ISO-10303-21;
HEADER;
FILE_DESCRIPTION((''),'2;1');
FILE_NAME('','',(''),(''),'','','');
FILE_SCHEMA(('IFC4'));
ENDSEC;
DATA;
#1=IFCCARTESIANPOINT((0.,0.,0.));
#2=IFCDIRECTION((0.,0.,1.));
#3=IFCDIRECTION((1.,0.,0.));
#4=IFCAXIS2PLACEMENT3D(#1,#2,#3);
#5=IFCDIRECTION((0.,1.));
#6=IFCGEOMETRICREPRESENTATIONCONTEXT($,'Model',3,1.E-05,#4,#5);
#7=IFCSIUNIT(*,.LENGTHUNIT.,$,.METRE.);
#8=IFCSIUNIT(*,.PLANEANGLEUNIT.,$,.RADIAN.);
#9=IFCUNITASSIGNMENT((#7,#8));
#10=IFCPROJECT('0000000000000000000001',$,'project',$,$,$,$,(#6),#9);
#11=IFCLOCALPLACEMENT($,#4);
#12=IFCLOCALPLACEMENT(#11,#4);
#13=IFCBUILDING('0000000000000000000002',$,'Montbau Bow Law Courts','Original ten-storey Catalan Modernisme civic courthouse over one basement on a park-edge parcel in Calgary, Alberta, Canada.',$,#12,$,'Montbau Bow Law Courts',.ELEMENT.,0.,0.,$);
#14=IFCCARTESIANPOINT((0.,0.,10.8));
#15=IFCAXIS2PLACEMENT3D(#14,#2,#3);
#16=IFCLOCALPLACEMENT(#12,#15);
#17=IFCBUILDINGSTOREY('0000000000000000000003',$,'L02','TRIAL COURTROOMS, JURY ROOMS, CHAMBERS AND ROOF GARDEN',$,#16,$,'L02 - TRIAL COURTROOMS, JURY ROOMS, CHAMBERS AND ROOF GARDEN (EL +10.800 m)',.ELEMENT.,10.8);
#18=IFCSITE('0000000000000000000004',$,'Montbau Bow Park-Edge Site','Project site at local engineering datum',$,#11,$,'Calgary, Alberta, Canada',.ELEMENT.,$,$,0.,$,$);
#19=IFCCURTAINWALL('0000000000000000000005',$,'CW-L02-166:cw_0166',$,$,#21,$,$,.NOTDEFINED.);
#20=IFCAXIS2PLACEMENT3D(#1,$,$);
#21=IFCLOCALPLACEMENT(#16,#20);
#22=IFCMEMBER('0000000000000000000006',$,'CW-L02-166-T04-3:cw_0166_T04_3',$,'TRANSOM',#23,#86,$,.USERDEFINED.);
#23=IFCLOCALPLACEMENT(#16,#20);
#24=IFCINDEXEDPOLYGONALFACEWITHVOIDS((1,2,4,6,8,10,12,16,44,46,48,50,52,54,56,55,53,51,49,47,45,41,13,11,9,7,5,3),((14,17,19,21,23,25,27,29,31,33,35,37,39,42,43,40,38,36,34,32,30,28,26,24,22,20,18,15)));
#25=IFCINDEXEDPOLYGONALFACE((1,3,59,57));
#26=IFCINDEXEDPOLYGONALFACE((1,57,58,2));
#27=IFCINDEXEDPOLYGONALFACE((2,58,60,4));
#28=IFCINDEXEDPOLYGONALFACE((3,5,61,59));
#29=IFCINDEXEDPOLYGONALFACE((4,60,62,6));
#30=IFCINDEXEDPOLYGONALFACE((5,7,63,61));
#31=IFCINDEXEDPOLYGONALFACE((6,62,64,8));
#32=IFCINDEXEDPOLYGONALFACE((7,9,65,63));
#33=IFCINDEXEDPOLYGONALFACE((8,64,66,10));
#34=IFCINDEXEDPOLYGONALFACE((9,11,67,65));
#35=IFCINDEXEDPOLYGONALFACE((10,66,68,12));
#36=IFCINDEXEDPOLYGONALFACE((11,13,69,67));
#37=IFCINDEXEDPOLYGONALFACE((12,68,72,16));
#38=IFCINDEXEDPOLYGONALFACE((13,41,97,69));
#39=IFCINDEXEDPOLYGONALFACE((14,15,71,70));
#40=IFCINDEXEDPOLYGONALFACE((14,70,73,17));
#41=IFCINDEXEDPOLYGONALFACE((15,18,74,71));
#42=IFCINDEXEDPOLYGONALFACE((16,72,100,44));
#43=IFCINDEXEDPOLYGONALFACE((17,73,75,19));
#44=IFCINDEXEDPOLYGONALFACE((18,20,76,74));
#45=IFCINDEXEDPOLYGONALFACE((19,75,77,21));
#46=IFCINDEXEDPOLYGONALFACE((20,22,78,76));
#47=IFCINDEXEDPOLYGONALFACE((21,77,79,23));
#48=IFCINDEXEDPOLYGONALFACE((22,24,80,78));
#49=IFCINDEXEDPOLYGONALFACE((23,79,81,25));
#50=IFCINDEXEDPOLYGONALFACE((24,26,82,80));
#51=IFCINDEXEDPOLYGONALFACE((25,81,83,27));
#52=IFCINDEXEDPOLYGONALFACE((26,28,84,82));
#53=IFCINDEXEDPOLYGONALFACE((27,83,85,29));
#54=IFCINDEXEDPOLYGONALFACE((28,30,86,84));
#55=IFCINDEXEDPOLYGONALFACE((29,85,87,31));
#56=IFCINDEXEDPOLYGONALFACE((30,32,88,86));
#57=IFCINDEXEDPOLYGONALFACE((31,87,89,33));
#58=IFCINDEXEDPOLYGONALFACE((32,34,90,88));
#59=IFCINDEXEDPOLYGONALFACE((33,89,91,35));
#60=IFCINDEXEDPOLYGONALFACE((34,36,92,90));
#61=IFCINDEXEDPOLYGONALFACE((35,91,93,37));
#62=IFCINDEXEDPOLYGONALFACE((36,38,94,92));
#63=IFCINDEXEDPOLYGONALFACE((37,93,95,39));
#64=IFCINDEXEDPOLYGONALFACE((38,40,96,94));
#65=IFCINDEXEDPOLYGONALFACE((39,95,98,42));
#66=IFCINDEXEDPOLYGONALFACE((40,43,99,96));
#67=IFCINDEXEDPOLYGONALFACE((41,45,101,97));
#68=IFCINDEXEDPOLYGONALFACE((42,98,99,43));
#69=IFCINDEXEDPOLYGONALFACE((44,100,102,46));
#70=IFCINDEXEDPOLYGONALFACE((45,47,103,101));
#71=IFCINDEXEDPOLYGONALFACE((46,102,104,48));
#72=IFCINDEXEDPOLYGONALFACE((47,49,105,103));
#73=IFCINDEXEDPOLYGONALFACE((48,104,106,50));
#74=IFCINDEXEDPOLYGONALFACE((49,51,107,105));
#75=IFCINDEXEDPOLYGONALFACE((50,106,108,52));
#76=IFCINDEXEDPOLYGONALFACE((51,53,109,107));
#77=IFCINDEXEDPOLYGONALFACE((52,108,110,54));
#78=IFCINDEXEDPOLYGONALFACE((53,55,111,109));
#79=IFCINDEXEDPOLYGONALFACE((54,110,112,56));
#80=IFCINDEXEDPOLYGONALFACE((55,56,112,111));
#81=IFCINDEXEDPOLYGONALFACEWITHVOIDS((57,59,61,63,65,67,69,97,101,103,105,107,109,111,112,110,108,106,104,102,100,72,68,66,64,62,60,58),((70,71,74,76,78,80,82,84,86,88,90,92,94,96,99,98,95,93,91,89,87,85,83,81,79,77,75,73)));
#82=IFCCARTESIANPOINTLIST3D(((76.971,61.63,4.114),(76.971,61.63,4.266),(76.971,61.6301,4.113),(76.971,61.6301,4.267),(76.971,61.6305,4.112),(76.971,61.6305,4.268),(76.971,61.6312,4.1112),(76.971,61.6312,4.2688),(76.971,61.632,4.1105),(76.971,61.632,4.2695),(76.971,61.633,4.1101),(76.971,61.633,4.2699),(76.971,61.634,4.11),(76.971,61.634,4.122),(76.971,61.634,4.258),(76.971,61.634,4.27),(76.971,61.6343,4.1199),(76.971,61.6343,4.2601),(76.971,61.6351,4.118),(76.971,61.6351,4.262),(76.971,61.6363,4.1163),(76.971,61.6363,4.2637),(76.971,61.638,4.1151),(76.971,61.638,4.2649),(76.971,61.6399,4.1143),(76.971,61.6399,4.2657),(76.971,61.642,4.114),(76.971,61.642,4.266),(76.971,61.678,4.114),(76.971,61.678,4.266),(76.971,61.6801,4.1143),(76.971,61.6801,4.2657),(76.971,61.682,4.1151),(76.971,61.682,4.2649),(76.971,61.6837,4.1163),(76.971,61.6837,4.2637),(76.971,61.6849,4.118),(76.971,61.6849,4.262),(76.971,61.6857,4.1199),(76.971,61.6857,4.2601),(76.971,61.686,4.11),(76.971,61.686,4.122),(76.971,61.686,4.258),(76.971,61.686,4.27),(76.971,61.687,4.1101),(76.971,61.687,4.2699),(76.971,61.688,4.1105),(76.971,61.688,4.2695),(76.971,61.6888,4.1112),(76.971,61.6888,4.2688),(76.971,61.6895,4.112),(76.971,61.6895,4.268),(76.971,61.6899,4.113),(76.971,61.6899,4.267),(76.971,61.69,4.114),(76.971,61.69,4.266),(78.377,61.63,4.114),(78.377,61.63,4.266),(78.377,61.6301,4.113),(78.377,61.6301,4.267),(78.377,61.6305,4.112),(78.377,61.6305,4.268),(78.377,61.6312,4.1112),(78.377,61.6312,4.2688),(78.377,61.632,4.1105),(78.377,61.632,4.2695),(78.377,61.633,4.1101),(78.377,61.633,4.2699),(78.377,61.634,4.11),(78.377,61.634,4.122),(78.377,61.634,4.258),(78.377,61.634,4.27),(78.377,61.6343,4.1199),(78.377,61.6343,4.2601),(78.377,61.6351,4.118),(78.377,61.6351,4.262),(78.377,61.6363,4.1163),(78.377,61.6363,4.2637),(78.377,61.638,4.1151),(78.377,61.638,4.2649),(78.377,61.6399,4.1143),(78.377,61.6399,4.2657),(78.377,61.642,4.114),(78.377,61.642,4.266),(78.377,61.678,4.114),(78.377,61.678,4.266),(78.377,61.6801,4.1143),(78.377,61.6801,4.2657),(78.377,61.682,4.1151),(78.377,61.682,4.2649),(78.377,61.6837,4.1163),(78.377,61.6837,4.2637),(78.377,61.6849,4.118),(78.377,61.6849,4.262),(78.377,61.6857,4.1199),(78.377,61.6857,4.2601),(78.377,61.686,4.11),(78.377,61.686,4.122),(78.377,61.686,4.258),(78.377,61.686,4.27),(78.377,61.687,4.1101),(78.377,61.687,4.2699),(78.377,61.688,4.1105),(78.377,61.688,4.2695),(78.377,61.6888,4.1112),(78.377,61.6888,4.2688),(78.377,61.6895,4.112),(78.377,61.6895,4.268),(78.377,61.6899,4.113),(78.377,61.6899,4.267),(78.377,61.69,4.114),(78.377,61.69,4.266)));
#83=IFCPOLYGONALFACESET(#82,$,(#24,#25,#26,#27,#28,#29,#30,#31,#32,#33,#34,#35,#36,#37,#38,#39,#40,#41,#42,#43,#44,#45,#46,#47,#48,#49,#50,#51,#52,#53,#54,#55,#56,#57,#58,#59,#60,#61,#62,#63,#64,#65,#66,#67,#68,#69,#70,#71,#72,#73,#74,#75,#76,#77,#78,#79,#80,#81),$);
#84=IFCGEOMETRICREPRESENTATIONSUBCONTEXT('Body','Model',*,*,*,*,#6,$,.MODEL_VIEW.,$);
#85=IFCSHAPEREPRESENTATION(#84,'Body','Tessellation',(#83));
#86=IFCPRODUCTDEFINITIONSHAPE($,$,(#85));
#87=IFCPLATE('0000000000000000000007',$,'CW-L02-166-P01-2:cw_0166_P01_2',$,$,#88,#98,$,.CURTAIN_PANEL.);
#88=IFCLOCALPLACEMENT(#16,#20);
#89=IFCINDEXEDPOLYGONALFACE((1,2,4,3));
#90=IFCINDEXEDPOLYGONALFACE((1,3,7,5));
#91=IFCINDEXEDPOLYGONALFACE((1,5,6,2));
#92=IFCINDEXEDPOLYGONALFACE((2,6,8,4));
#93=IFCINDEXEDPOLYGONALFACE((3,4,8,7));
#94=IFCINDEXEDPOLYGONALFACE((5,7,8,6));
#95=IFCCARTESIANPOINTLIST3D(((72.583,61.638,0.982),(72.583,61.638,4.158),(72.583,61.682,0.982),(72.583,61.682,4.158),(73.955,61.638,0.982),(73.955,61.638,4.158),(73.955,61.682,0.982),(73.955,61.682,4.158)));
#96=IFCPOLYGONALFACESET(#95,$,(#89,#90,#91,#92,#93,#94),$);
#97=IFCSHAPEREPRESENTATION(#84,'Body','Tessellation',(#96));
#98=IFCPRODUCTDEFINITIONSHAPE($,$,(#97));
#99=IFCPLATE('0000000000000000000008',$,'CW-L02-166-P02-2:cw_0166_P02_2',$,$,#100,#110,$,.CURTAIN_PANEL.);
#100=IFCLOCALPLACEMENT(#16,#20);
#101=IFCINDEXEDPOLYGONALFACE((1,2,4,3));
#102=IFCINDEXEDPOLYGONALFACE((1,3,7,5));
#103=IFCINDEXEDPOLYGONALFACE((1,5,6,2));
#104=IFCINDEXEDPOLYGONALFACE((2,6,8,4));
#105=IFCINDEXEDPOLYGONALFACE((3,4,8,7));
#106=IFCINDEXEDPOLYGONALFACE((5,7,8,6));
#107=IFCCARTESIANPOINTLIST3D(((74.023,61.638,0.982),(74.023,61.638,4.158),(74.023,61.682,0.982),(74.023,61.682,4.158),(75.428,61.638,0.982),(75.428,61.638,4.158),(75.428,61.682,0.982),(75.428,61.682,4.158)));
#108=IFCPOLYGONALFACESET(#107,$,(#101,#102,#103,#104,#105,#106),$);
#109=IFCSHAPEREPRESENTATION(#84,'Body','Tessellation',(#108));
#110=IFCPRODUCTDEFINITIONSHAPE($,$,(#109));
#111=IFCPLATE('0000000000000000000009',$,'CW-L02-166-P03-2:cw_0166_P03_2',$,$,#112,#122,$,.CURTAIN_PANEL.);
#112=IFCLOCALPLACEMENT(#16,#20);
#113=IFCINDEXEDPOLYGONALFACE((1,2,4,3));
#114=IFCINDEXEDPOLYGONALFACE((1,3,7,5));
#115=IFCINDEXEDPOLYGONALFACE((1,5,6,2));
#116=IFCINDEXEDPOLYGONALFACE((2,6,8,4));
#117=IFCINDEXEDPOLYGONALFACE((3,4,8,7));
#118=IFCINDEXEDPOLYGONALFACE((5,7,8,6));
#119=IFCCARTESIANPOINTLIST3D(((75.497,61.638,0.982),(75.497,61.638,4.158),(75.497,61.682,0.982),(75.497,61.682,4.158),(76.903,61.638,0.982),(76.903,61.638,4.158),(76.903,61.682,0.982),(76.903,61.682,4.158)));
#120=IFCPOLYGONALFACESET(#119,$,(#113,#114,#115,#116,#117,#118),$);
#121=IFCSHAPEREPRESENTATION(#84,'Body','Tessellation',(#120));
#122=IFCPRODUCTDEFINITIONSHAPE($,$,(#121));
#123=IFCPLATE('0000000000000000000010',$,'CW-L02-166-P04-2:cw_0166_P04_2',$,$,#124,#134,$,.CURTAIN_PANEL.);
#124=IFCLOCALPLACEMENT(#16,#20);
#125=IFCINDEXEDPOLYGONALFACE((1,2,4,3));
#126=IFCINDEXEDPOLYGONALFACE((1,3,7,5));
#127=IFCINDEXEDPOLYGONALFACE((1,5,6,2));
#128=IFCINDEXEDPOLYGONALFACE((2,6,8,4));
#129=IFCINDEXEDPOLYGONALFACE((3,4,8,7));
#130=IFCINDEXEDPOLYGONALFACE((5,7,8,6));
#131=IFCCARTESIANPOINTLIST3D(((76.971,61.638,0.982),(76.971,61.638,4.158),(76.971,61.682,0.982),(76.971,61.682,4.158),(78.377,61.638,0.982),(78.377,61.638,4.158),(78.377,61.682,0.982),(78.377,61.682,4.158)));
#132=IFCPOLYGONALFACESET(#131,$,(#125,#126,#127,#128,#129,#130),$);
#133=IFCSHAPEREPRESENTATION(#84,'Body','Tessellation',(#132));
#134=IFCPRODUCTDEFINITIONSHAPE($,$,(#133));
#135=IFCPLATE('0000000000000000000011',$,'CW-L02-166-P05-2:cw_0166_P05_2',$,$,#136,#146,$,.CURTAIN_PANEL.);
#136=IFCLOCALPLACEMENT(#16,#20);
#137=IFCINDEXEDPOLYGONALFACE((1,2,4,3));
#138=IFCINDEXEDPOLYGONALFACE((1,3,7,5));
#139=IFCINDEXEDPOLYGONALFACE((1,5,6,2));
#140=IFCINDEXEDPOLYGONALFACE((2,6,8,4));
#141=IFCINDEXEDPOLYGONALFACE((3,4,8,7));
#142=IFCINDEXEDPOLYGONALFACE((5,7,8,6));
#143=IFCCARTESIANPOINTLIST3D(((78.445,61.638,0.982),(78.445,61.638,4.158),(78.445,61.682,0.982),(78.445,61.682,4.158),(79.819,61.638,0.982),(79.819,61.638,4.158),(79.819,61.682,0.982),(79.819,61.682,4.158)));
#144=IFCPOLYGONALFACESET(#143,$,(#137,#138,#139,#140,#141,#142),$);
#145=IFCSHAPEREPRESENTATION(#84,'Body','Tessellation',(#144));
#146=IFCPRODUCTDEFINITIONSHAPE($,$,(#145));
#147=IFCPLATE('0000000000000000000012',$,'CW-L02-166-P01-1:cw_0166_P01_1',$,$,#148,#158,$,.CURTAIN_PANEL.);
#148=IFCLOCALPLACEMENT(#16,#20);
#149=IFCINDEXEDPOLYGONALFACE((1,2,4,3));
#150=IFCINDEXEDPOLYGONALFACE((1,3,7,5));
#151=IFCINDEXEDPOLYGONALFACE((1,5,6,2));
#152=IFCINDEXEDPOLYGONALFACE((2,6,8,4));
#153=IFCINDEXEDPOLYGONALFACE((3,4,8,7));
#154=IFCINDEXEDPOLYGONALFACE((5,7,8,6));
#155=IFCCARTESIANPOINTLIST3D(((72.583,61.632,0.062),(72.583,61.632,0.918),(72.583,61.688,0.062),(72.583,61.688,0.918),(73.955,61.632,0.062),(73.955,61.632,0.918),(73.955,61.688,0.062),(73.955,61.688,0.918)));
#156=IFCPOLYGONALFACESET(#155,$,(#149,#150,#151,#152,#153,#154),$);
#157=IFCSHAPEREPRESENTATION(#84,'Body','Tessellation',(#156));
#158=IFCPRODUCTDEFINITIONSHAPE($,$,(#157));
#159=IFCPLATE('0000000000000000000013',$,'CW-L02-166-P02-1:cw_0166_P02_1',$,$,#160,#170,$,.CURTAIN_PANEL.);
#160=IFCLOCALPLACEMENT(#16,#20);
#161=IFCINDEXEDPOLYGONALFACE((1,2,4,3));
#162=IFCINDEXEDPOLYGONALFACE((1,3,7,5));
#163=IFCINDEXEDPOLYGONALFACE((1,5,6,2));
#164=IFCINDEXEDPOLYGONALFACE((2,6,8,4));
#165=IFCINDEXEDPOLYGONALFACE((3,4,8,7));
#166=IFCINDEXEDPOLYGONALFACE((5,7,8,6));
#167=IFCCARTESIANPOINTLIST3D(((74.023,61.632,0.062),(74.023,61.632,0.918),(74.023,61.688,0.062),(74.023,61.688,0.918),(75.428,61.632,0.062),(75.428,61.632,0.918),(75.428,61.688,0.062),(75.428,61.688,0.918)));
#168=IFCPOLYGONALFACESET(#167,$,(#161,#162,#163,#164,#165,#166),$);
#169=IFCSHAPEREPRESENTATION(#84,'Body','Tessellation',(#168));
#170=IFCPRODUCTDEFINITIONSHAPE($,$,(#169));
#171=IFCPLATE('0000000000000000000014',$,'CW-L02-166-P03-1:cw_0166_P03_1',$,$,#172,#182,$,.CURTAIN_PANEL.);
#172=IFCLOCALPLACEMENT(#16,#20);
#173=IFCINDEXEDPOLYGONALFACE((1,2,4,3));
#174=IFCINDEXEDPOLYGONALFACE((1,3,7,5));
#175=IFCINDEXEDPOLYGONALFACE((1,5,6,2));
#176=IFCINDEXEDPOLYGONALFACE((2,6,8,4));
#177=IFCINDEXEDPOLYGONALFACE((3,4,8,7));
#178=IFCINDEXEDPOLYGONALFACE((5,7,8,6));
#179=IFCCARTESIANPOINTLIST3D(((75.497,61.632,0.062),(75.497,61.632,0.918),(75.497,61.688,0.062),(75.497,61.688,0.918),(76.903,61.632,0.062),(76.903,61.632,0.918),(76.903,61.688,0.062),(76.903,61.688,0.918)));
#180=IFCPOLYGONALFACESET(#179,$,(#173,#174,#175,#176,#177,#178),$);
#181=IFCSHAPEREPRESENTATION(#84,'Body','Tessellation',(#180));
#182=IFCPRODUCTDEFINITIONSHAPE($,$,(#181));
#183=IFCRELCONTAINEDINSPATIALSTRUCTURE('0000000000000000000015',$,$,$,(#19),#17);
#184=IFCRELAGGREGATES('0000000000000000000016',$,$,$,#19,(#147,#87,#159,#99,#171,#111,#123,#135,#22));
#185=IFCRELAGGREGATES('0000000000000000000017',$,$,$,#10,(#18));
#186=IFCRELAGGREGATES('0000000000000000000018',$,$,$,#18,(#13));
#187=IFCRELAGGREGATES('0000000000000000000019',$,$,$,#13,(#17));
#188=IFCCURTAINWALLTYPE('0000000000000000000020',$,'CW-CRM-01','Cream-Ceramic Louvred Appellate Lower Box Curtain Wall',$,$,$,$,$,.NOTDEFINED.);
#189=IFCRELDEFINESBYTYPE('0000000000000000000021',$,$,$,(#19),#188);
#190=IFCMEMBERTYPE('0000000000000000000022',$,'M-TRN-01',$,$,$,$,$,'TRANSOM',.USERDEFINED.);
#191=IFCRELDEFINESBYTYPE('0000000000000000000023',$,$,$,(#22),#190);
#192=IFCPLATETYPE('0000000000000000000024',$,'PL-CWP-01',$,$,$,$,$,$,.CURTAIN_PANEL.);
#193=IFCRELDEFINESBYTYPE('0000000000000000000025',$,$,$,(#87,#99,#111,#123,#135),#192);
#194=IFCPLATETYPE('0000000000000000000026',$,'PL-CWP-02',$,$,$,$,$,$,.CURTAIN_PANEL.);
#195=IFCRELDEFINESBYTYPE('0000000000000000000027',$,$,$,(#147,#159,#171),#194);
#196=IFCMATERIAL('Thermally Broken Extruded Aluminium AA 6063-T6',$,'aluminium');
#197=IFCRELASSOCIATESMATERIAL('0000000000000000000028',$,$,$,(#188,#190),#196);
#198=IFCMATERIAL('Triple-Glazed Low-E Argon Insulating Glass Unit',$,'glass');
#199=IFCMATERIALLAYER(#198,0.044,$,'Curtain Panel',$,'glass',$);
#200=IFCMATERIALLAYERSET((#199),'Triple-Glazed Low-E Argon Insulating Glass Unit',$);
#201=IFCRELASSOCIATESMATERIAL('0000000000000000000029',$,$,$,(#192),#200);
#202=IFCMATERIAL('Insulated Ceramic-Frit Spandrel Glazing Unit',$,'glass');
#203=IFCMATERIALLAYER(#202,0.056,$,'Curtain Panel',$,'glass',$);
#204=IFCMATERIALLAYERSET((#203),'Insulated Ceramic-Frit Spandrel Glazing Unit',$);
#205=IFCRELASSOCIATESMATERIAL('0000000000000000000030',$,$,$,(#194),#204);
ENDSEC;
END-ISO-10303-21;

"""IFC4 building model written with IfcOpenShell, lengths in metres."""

from ifc_helpers import new_model, si_unit, direction, frame, frame_2d, origin_with_axes, origin_2d_with_axis, place, context, subcontext, project, spatial, rectangle, hollow_rectangle, extrude, material, layer, layer_set, material_profile, profile_set, type_object, element, aggregate, save


model = new_model("IFC4")

# Units and contexts
model_context = context("Model", 3, precision=1e-05, world=origin_with_axes(), true_north=direction((0.0, 1.0)))
body_context = subcontext(model_context, "Body", "Model", "MODEL_VIEW")
ifc_project = project(units=[si_unit("LENGTHUNIT", "METRE"), si_unit("PLANEANGLEUNIT", "RADIAN")], contexts=[model_context])

# Site, building, storey
site_placement = place(None, origin_with_axes())
site = spatial("IfcSite", under=ifc_project, at=site_placement, Name="Montbau Bow Park-Edge Site", Description="Project site at local engineering datum", LongName="Calgary, Alberta, Canada", CompositionType="ELEMENT", RefElevation=0.0)
building_placement = place(site_placement, origin_with_axes())
building = spatial("IfcBuilding", under=site, at=building_placement, Name="Montbau Bow Law Courts", Description="Original ten-storey Catalan Modernisme civic courthouse over one basement on a park-edge parcel in Calgary, Alberta, Canada.", LongName="Montbau Bow Law Courts", CompositionType="ELEMENT", ElevationOfRefHeight=0.0, ElevationOfTerrain=0.0)
storey_placement = place(building_placement, frame((0.0, 0.0, 10.8), z_axis=(0.0, 0.0, 1.0), x_axis=(1.0, 0.0, 0.0)))
storey = spatial("IfcBuildingStorey", under=building, at=storey_placement, Name="L02", Description="TRIAL COURTROOMS, JURY ROOMS, CHAMBERS AND ROOF GARDEN", LongName="L02 - TRIAL COURTROOMS, JURY ROOMS, CHAMBERS AND ROOF GARDEN (EL +10.800 m)", CompositionType="ELEMENT", Elevation=10.8)

# Curtain wall, member, plates
ifc_material_1 = material(Name="Thermally Broken Extruded Aluminium AA 6063-T6", Category="aluminium")
curtain_wall_type = type_object("IfcCurtainWallType", Name="CW-CRM-01", Description="Cream-Ceramic Louvred Appellate Lower Box Curtain Wall", PredefinedType="NOTDEFINED", material=ifc_material_1)
curtain_wall_placement = place(None, frame((72.515, 61.66, 10.8), z_axis=(0.0, 0.0, 1.0), x_axis=(1.0, 0.0, 0.0)))
curtain_wall = element("IfcCurtainWall", 1, at=curtain_wall_placement, inside=storey, type_object=curtain_wall_type, Name="CW-L02-166:cw_0166", PredefinedType="NOTDEFINED")
ifc_material_profile_1 = material_profile(ifc_material_1, hollow_rectangle(XDim=0.06, YDim=0.16, WallThickness=0.004, InnerFilletRadius=0.008, OuterFilletRadius=0.004, at=origin_2d_with_axis()), Name="CWT-160X60", Category="Main", Priority=0)
ifc_profile_set_1 = profile_set([ifc_material_profile_1], Name="Thermally Broken Extruded Aluminium AA 6063-T6")
member_type_1 = type_object("IfcMemberType", Name="M-TRN-01", ElementType="TRANSOM", PredefinedType="USERDEFINED", material=ifc_profile_set_1)
member_1_placement = place(None, frame((76.971, 61.66, 14.99), z_axis=(1.0, 0.0, 0.0), x_axis=(0.0, 1.0, 0.0)))
member_1 = element("IfcMember", 2, at=member_1_placement, type_object=member_type_1, Name="CW-L02-166-T04-3:cw_0166_T04_3", ObjectType="TRANSOM", PredefinedType="USERDEFINED", context=body_context, shape_type="SweptSolid", body=[
    extrude(hollow_rectangle(XDim=0.06, YDim=0.16, WallThickness=0.004, InnerFilletRadius=0.008, OuterFilletRadius=0.004, at=origin_2d_with_axis()), origin_with_axes(), (0.0, 0.0, 1.0), 1.406),
])
ifc_material_2 = material(Name="Triple-Glazed Low-E Argon Insulating Glass Unit", Category="glass")
ifc_layer_1 = layer(ifc_material_2, 0.044, Name="Curtain Panel", Category="glass")
ifc_layer_set_1 = layer_set([ifc_layer_1], Name="Triple-Glazed Low-E Argon Insulating Glass Unit")
plate_type_1 = type_object("IfcPlateType", Name="PL-CWP-01", PredefinedType="CURTAIN_PANEL", material=ifc_layer_set_1)
plate_1_placement = place(None, frame((72.583, 61.66, 11.782), z_axis=(0.0, -1.0, 0.0), x_axis=(1.0, 0.0, 0.0)))
plate_1 = element("IfcPlate", 3, at=plate_1_placement, type_object=plate_type_1, Name="CW-L02-166-P01-2:cw_0166_P01_2", PredefinedType="CURTAIN_PANEL", context=body_context, shape_type="SweptSolid", body=[
    extrude(rectangle(XDim=1.372, YDim=3.176, at=frame_2d((0.686, 1.588), x_axis=(1.0, 0.0))), frame((0.0, 0.0, -0.022), z_axis=(0.0, 0.0, 1.0), x_axis=(1.0, 0.0, 0.0)), (0.0, 0.0, 1.0), 0.044),
])
plate_2_placement = place(None, frame((74.023, 61.66, 11.782), z_axis=(0.0, -1.0, 0.0), x_axis=(1.0, 0.0, 0.0)))
plate_2 = element("IfcPlate", 4, at=plate_2_placement, type_object=plate_type_1, Name="CW-L02-166-P02-2:cw_0166_P02_2", PredefinedType="CURTAIN_PANEL", context=body_context, shape_type="SweptSolid", body=[
    extrude(rectangle(XDim=1.405, YDim=3.176, at=frame_2d((0.7025, 1.588), x_axis=(1.0, 0.0))), frame((0.0, 0.0, -0.022), z_axis=(0.0, 0.0, 1.0), x_axis=(1.0, 0.0, 0.0)), (0.0, 0.0, 1.0), 0.044),
])
plate_3_placement = place(None, frame((75.497, 61.66, 11.782), z_axis=(0.0, -1.0, 0.0), x_axis=(1.0, 0.0, 0.0)))
plate_3 = element("IfcPlate", 5, at=plate_3_placement, type_object=plate_type_1, Name="CW-L02-166-P03-2:cw_0166_P03_2", PredefinedType="CURTAIN_PANEL", context=body_context, shape_type="SweptSolid", body=[
    extrude(rectangle(XDim=1.406, YDim=3.176, at=frame_2d((0.703, 1.588), x_axis=(1.0, 0.0))), frame((0.0, 0.0, -0.022), z_axis=(0.0, 0.0, 1.0), x_axis=(1.0, 0.0, 0.0)), (0.0, 0.0, 1.0), 0.044),
])
plate_4_placement = place(None, frame((76.971, 61.66, 11.782), z_axis=(0.0, -1.0, 0.0), x_axis=(1.0, 0.0, 0.0)))
plate_4 = element("IfcPlate", 6, at=plate_4_placement, type_object=plate_type_1, Name="CW-L02-166-P04-2:cw_0166_P04_2", PredefinedType="CURTAIN_PANEL", context=body_context, shape_type="SweptSolid", body=[
    extrude(rectangle(XDim=1.406, YDim=3.176, at=frame_2d((0.703, 1.588), x_axis=(1.0, 0.0))), frame((0.0, 0.0, -0.022), z_axis=(0.0, 0.0, 1.0), x_axis=(1.0, 0.0, 0.0)), (0.0, 0.0, 1.0), 0.044),
])
plate_5_placement = place(None, frame((78.445, 61.66, 11.782), z_axis=(0.0, -1.0, 0.0), x_axis=(1.0, 0.0, 0.0)))
plate_5 = element("IfcPlate", 7, at=plate_5_placement, type_object=plate_type_1, Name="CW-L02-166-P05-2:cw_0166_P05_2", PredefinedType="CURTAIN_PANEL", context=body_context, shape_type="SweptSolid", body=[
    extrude(rectangle(XDim=1.374, YDim=3.176, at=frame_2d((0.687, 1.588), x_axis=(1.0, 0.0))), frame((0.0, 0.0, -0.022), z_axis=(0.0, 0.0, 1.0), x_axis=(1.0, 0.0, 0.0)), (0.0, 0.0, 1.0), 0.044),
])
ifc_material_3 = material(Name="Insulated Ceramic-Frit Spandrel Glazing Unit", Category="glass")
ifc_layer_2 = layer(ifc_material_3, 0.056, Name="Curtain Panel", Category="glass")
ifc_layer_set_2 = layer_set([ifc_layer_2], Name="Insulated Ceramic-Frit Spandrel Glazing Unit")
plate_type_2 = type_object("IfcPlateType", Name="PL-CWP-02", PredefinedType="CURTAIN_PANEL", material=ifc_layer_set_2)
plate_6_placement = place(None, frame((72.583, 61.66, 10.862), z_axis=(0.0, -1.0, 0.0), x_axis=(1.0, 0.0, 0.0)))
plate_6 = element("IfcPlate", 8, at=plate_6_placement, type_object=plate_type_2, Name="CW-L02-166-P01-1:cw_0166_P01_1", PredefinedType="CURTAIN_PANEL", context=body_context, shape_type="SweptSolid", body=[
    extrude(rectangle(XDim=1.372, YDim=0.856, at=frame_2d((0.686, 0.428), x_axis=(1.0, 0.0))), frame((0.0, 0.0, -0.028), z_axis=(0.0, 0.0, 1.0), x_axis=(1.0, 0.0, 0.0)), (0.0, 0.0, 1.0), 0.056),
])
plate_7_placement = place(None, frame((74.023, 61.66, 10.862), z_axis=(0.0, -1.0, 0.0), x_axis=(1.0, 0.0, 0.0)))
plate_7 = element("IfcPlate", 9, at=plate_7_placement, type_object=plate_type_2, Name="CW-L02-166-P02-1:cw_0166_P02_1", PredefinedType="CURTAIN_PANEL", context=body_context, shape_type="SweptSolid", body=[
    extrude(rectangle(XDim=1.405, YDim=0.856, at=frame_2d((0.7025, 0.428), x_axis=(1.0, 0.0))), frame((0.0, 0.0, -0.028), z_axis=(0.0, 0.0, 1.0), x_axis=(1.0, 0.0, 0.0)), (0.0, 0.0, 1.0), 0.056),
])
plate_8_placement = place(None, frame((75.497, 61.66, 10.862), z_axis=(0.0, -1.0, 0.0), x_axis=(1.0, 0.0, 0.0)))
plate_8 = element("IfcPlate", 10, at=plate_8_placement, type_object=plate_type_2, Name="CW-L02-166-P03-1:cw_0166_P03_1", PredefinedType="CURTAIN_PANEL", context=body_context, shape_type="SweptSolid", body=[
    extrude(rectangle(XDim=1.406, YDim=0.856, at=frame_2d((0.703, 0.428), x_axis=(1.0, 0.0))), frame((0.0, 0.0, -0.028), z_axis=(0.0, 0.0, 1.0), x_axis=(1.0, 0.0, 0.0)), (0.0, 0.0, 1.0), 0.056),
])
aggregate(curtain_wall, [plate_6, plate_1, plate_7, plate_2, plate_8, plate_3, plate_4, plate_5, member_1])

save(model, "model.ifc")
